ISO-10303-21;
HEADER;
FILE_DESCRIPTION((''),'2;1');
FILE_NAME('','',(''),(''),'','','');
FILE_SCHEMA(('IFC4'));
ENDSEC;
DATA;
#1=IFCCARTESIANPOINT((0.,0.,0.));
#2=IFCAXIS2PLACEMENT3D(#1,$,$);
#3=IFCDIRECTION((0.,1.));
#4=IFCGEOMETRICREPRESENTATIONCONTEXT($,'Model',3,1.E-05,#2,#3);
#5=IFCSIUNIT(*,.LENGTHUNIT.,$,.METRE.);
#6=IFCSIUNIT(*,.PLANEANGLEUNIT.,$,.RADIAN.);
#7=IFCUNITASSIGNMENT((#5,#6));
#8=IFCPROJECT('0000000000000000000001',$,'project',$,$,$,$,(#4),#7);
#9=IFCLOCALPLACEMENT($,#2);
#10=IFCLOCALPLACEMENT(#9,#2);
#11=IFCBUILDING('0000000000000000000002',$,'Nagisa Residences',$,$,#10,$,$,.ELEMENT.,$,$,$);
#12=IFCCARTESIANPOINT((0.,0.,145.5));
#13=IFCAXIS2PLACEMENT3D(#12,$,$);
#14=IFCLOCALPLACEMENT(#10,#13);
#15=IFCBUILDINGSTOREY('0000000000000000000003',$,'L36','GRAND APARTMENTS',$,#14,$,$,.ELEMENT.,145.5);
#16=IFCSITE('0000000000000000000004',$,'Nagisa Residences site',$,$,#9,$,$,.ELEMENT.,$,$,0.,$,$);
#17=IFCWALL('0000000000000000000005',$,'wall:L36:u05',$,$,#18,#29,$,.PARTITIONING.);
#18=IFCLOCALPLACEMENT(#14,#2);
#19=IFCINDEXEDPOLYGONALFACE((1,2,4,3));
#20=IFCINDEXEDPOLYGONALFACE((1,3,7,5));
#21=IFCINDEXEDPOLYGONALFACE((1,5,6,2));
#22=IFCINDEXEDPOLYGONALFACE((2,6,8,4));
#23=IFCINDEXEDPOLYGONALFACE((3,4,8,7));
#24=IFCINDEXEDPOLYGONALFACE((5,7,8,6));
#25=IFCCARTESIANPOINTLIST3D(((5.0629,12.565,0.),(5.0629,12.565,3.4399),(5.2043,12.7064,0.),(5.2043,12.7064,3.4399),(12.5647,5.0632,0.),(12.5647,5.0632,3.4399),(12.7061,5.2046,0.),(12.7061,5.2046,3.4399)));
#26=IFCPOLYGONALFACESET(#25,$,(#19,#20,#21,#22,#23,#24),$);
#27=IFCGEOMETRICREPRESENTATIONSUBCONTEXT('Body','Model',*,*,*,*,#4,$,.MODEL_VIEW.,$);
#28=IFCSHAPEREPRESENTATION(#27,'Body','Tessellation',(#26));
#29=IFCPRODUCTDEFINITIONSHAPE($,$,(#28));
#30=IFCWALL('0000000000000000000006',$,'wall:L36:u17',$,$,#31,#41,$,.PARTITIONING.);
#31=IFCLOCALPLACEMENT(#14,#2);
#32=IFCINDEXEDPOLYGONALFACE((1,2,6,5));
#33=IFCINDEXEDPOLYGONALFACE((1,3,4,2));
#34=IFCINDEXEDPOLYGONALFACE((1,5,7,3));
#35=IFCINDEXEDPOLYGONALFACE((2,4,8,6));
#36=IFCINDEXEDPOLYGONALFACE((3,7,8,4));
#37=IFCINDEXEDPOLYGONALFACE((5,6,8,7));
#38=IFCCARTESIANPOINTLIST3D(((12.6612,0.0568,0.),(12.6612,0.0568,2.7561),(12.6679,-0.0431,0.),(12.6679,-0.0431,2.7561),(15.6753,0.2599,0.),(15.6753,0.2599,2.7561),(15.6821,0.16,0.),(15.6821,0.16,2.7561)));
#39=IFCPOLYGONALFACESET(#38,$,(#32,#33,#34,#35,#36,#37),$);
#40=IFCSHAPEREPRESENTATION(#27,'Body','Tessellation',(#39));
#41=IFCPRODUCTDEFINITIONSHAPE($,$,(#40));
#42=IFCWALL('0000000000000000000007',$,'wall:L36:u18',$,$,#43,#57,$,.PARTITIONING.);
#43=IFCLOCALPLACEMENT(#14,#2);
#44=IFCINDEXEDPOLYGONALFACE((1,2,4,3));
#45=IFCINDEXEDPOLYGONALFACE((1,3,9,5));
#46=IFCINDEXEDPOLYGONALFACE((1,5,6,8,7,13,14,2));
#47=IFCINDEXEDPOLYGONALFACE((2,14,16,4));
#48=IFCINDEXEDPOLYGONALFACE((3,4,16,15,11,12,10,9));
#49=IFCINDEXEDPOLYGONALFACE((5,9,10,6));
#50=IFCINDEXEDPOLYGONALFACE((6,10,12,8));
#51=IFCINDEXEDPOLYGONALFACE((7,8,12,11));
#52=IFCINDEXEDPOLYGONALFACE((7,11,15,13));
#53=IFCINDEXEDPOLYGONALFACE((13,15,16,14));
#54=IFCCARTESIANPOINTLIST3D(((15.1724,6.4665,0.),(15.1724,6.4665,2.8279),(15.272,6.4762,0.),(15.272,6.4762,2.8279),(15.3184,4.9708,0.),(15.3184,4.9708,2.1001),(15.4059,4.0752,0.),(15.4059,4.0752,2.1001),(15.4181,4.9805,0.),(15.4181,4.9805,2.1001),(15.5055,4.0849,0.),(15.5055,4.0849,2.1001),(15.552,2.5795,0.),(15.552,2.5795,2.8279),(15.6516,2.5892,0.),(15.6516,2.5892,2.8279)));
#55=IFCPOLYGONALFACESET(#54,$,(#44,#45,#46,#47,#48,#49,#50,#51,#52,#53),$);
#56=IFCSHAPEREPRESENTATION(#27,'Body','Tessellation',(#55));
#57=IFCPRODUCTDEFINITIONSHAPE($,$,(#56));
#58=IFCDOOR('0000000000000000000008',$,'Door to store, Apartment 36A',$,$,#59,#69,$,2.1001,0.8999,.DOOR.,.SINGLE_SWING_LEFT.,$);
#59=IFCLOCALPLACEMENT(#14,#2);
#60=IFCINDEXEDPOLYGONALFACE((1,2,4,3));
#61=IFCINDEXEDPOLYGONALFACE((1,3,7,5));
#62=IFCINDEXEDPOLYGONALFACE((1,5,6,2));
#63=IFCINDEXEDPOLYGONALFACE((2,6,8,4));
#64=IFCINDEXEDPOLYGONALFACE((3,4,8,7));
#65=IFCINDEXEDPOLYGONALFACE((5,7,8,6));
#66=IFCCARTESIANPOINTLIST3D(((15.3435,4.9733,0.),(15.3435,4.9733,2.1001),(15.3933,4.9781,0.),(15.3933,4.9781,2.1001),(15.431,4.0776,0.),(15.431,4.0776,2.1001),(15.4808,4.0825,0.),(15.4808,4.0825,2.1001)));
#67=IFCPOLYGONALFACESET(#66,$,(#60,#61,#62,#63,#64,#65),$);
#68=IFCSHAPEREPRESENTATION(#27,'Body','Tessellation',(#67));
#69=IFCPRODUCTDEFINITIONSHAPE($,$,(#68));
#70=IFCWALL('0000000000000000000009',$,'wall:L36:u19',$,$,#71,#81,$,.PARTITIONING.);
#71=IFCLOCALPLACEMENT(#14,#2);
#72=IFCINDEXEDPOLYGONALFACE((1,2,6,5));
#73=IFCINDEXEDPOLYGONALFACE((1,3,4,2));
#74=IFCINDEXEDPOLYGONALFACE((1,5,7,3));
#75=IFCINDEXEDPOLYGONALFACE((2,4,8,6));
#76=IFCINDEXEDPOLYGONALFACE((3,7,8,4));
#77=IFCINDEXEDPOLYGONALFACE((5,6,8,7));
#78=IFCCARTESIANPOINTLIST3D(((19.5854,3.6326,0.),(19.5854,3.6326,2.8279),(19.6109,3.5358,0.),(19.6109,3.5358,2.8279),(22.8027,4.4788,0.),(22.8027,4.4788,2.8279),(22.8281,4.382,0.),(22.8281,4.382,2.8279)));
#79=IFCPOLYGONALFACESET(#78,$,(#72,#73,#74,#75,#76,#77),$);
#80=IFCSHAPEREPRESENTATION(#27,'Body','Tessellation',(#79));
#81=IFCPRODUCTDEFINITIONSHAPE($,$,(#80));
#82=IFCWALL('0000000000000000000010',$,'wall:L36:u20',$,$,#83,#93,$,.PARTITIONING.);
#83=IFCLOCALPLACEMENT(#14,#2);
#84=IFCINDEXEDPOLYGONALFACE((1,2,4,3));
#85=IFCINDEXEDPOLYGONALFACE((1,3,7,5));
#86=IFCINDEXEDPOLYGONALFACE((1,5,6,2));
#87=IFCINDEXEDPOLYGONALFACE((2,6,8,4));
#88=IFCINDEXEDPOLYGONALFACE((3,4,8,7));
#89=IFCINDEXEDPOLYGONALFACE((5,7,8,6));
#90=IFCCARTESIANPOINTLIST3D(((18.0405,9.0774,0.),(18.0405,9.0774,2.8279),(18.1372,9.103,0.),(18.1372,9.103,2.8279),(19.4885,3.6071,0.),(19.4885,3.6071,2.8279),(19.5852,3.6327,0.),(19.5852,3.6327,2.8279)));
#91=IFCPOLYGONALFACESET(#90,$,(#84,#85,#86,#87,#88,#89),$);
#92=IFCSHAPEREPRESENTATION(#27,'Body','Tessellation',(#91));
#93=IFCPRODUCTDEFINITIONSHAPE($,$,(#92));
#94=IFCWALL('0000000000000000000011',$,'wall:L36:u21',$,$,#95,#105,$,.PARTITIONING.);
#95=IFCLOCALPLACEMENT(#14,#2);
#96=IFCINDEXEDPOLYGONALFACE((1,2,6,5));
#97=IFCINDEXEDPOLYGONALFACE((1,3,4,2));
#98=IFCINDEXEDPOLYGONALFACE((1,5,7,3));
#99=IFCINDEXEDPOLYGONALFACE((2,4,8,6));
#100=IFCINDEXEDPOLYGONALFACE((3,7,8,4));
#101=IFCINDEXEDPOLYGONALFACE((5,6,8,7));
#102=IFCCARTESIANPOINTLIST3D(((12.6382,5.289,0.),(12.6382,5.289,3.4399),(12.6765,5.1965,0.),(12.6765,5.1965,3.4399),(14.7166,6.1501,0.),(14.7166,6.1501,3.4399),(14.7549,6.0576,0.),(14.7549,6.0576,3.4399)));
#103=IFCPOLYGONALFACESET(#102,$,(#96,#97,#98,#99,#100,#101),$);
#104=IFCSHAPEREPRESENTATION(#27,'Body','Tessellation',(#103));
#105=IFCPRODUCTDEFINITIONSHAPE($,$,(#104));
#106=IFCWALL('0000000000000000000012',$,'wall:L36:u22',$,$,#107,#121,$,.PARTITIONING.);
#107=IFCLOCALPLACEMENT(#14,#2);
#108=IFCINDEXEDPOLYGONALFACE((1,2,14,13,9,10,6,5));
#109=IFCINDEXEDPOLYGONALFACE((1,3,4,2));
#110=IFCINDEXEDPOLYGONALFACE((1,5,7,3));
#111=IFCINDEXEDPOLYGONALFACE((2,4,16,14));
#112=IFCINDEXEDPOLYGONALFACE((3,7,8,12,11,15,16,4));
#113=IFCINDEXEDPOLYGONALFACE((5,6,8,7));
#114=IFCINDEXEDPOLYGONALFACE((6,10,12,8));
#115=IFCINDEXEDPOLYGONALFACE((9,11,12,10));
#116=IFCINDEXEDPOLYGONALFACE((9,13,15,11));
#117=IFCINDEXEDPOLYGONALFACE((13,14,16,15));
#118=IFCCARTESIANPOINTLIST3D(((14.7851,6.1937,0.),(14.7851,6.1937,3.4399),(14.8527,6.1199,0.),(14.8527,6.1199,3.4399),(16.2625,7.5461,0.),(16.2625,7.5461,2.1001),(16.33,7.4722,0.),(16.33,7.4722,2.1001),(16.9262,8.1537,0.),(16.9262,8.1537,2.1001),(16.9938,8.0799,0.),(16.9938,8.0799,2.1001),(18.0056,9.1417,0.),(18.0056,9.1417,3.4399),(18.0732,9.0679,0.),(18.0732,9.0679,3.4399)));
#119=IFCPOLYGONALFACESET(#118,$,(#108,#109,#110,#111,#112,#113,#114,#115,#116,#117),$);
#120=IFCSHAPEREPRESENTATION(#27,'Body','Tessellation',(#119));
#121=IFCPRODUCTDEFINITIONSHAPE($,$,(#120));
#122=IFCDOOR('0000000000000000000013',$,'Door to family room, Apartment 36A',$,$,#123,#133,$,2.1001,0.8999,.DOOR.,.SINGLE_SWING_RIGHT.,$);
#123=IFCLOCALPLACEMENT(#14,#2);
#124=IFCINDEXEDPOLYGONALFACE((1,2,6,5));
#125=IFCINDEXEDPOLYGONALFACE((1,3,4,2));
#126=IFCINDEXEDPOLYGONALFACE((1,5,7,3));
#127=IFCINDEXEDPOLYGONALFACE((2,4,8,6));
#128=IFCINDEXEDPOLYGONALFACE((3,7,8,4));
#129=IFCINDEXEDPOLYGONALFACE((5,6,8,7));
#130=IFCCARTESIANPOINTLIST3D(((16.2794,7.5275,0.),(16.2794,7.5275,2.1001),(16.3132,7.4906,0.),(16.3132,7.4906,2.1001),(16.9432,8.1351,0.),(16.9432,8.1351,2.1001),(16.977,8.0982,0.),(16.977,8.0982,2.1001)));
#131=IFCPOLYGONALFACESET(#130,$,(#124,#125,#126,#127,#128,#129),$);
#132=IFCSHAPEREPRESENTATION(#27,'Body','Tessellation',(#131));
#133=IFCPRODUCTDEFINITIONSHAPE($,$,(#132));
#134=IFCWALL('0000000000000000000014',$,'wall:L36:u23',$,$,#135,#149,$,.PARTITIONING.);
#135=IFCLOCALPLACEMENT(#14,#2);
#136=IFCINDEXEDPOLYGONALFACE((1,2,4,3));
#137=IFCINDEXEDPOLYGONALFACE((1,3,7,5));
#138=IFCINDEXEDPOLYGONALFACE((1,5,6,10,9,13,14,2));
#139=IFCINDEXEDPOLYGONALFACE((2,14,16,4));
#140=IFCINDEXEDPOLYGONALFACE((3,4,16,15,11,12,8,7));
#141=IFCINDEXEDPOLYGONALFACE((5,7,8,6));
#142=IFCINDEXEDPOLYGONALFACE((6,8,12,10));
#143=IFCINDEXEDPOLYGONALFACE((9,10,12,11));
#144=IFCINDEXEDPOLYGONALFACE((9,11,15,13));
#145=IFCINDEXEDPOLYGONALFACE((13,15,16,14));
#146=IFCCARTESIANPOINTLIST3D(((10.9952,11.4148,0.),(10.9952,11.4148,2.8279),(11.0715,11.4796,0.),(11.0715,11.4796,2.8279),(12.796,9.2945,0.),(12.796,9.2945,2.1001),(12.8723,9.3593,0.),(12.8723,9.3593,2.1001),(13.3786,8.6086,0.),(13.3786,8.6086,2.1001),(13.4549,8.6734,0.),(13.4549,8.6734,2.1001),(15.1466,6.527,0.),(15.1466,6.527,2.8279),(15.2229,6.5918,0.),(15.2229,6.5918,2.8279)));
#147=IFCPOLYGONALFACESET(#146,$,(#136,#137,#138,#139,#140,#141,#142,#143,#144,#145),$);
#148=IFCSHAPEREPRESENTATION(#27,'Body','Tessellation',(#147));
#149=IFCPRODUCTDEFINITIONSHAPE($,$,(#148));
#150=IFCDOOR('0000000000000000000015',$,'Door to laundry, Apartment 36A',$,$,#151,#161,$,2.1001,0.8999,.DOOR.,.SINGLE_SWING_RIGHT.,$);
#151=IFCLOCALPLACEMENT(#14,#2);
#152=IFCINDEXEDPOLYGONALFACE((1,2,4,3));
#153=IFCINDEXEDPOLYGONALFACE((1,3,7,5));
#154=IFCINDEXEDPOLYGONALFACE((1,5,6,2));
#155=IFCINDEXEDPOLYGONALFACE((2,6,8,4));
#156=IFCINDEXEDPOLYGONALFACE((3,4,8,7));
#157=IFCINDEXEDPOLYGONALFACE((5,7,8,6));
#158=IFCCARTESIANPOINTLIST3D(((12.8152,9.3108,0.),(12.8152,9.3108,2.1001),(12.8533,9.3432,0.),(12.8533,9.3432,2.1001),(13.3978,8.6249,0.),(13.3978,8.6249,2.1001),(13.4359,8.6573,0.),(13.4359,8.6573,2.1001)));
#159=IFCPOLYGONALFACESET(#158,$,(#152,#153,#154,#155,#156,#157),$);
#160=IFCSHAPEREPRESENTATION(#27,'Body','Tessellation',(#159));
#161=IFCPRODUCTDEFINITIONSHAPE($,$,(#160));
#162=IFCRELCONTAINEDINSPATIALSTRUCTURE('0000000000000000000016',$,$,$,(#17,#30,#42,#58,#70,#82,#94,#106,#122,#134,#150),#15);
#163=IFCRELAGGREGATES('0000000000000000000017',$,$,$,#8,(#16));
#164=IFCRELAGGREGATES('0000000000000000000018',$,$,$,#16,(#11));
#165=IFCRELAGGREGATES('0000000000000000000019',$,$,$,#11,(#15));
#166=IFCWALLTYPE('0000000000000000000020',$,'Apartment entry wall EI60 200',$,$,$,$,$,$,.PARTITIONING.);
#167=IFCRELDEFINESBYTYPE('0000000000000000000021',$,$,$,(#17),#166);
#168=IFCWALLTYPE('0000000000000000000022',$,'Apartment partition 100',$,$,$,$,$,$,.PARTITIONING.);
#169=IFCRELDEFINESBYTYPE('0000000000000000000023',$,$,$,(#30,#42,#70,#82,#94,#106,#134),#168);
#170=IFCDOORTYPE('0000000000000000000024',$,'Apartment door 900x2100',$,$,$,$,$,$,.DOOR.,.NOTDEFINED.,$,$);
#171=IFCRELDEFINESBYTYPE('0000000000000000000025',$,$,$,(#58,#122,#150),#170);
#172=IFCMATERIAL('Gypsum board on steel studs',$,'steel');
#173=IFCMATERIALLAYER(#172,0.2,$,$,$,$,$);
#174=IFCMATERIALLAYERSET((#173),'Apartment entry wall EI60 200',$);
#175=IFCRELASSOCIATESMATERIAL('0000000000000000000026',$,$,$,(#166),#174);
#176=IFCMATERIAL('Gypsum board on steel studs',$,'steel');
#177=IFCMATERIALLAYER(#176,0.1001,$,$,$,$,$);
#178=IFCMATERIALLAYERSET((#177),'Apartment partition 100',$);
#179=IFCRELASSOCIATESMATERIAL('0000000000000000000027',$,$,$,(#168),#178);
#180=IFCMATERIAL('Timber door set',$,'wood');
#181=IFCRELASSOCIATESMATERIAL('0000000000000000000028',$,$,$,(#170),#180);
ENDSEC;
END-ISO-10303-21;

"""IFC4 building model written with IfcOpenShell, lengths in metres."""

from ifc_helpers import new_model, si_unit, direction, frame, frame_2d, origin, place, context, subcontext, project, spatial, rectangle, extrude, material, layer, layer_set, type_object, element, fill, save


model = new_model("IFC4")

# Units and contexts
model_context = context("Model", 3, precision=1e-05, world=origin(), true_north=direction((0.0, 1.0)))
body_context = subcontext(model_context, "Body", "Model", "MODEL_VIEW")
ifc_project = project(units=[si_unit("LENGTHUNIT", "METRE"), si_unit("PLANEANGLEUNIT", "RADIAN")], contexts=[model_context])

# Site, building, storey
site_placement = place(None, origin())
site = spatial("IfcSite", under=ifc_project, at=site_placement, Name="Nagisa Residences site", CompositionType="ELEMENT", RefElevation=0.0)
building_placement = place(site_placement, origin())
building = spatial("IfcBuilding", under=site, at=building_placement, Name="Nagisa Residences", CompositionType="ELEMENT")
storey_placement = place(building_placement, frame((0.0, 0.0, 145.5)))
storey = spatial("IfcBuildingStorey", under=building, at=storey_placement, Name="L36", Description="GRAND APARTMENTS", CompositionType="ELEMENT", Elevation=145.5)

# Walls
ifc_material_1 = material(Name="Gypsum board on steel studs", Category="steel")
ifc_layer_1 = layer(ifc_material_1, 0.2)
ifc_layer_set_1 = layer_set([ifc_layer_1], Name="Apartment entry wall EI60 200")
wall_type_1 = type_object("IfcWallType", Name="Apartment entry wall EI60 200", PredefinedType="PARTITIONING", material=ifc_layer_set_1)
wall_1_placement = place(storey_placement, frame((12.6355, 5.1338, 0.0), z_axis=(0.0, 0.0, 1.0), x_axis=(-0.707107, 0.707107, 0.0)))
element("IfcWall", 1, at=wall_1_placement, inside=storey, type_object=wall_type_1, Name="wall:L36:u05", PredefinedType="PARTITIONING", context=body_context, shape_type="SweptSolid", body=[
    extrude(rectangle(XDim=10.6091, YDim=0.2, at=frame_2d((5.3047, 0.0))), origin(), (0.0, 0.0, 1.0), 3.4399),
])
ifc_material_2 = material(Name="Gypsum board on steel studs", Category="steel")
ifc_layer_2 = layer(ifc_material_2, 0.1001)
ifc_layer_set_2 = layer_set([ifc_layer_2], Name="Apartment partition 100")
wall_type_2 = type_object("IfcWallType", Name="Apartment partition 100", PredefinedType="PARTITIONING", material=ifc_layer_set_2)
wall_2_placement = place(storey_placement, frame((12.6646, 0.0068, 0.0), z_axis=(0.0, 0.0, 1.0), x_axis=(0.997737, 0.067238, 0.0)))
element("IfcWall", 2, at=wall_2_placement, inside=storey, type_object=wall_type_2, Name="wall:L36:u17", PredefinedType="PARTITIONING", context=body_context, shape_type="SweptSolid", body=[
    extrude(rectangle(XDim=3.021, YDim=0.1001, at=frame_2d((1.5105, 0.0))), origin(), (0.0, 0.0, 1.0), 2.7561),
])

# Wall, opening, door
wall_3_placement = place(storey_placement, frame((15.6018, 2.5845, 0.0), z_axis=(0.0, 0.0, 1.0), x_axis=(-0.097207, 0.995264, 0.0)))
wall_3 = element("IfcWall", 3, at=wall_3_placement, inside=storey, type_object=wall_type_2, Name="wall:L36:u18", PredefinedType="PARTITIONING", context=body_context, shape_type="SweptSolid", body=[
    extrude(rectangle(XDim=3.9055, YDim=0.1001, at=frame_2d((1.9526, 0.0))), origin(), (0.0, 0.0, 1.0), 2.8279),
])
opening_1_placement = place(wall_3_placement, frame((1.5027, 0.0, 0.0)))
opening_1 = element("IfcOpeningElement", 4, at=opening_1_placement, cuts=wall_3, PredefinedType="OPENING", context=body_context, shape_type="SweptSolid", body=[
    extrude(rectangle(XDim=0.8999, YDim=2.1001, at=frame_2d((0.45, 1.05))), frame((0.0, 0.0601, 0.0), z_axis=(0.0, -1.0, 0.0), x_axis=(1.0, 0.0, 0.0)), (0.0, 0.0, 1.0), 0.1201),
])
ifc_material_3 = material(Name="Timber door set", Category="wood")
door_type_1 = type_object("IfcDoorType", Name="Apartment door 900x2100", OperationType="NOTDEFINED", PredefinedType="DOOR", material=ifc_material_3)
door_1_placement = place(opening_1_placement, origin())
door_1 = element("IfcDoor", 5, at=door_1_placement, inside=storey, type_object=door_type_1, Name="Door to store, Apartment 36A", OperationType="SINGLE_SWING_LEFT", OverallHeight=2.1001, OverallWidth=0.8999, PredefinedType="DOOR", context=body_context, shape_type="SweptSolid", body=[
    extrude(rectangle(XDim=0.8999, YDim=2.1001, at=frame_2d((0.45, 1.05))), frame((0.0, 0.0249, 0.0), z_axis=(0.0, -1.0, 0.0), x_axis=(1.0, 0.0, 0.0)), (0.0, 0.0, 1.0), 0.05),
])
fill(opening_1, door_1)

# Walls
wall_4_placement = place(storey_placement, frame((19.5981, 3.5842, 0.0), z_axis=(0.0, 0.0, 1.0), x_axis=(0.967109, 0.254363, 0.0)))
element("IfcWall", 6, at=wall_4_placement, inside=storey, type_object=wall_type_2, Name="wall:L36:u19", PredefinedType="PARTITIONING", context=body_context, shape_type="SweptSolid", body=[
    extrude(rectangle(XDim=3.3267, YDim=0.1001, at=frame_2d((1.6633, 0.0))), origin(), (0.0, 0.0, 1.0), 2.8279),
])
wall_5_placement = place(storey_placement, frame((19.5369, 3.6199, 0.0), z_axis=(0.0, 0.0, 1.0), x_axis=(-0.255893, 0.966705, 0.0)))
element("IfcWall", 7, at=wall_5_placement, inside=storey, type_object=wall_type_2, Name="wall:L36:u20", PredefinedType="PARTITIONING", context=body_context, shape_type="SweptSolid", body=[
    extrude(rectangle(XDim=5.6587, YDim=0.1001, at=frame_2d((2.8293, 0.0))), origin(), (0.0, 0.0, 1.0), 2.8279),
])
wall_6_placement = place(storey_placement, frame((12.6572, 5.2427, 0.0), z_axis=(0.0, 0.0, 1.0), x_axis=(0.923849, 0.382758, 0.0)))
element("IfcWall", 8, at=wall_6_placement, inside=storey, type_object=wall_type_2, Name="wall:L36:u21", PredefinedType="PARTITIONING", context=body_context, shape_type="SweptSolid", body=[
    extrude(rectangle(XDim=2.2498, YDim=0.1001, at=frame_2d((1.125, 0.0))), origin(), (0.0, 0.0, 1.0), 3.4399),
])

# Walls, openings, doors
wall_7_placement = place(storey_placement, frame((14.8188, 6.1567, 0.0), z_axis=(0.0, 0.0, 1.0), x_axis=(0.737621, 0.675216, 0.0)))
wall_7 = element("IfcWall", 9, at=wall_7_placement, inside=storey, type_object=wall_type_2, Name="wall:L36:u22", PredefinedType="PARTITIONING", context=body_context, shape_type="SweptSolid", body=[
    extrude(rectangle(XDim=4.366, YDim=0.1001, at=frame_2d((2.1831, 0.0))), origin(), (0.0, 0.0, 1.0), 3.4399),
])
opening_2_placement = place(wall_7_placement, frame((2.0029, 0.0, 0.0)))
opening_2 = element("IfcOpeningElement", 10, at=opening_2_placement, cuts=wall_7, PredefinedType="OPENING", context=body_context, shape_type="SweptSolid", body=[
    extrude(rectangle(XDim=0.8999, YDim=2.1001, at=frame_2d((0.45, 1.05))), frame((0.0, 0.0601, 0.0), z_axis=(0.0, -1.0, 0.0), x_axis=(1.0, 0.0, 0.0)), (0.0, 0.0, 1.0), 0.1201),
])
door_2_placement = place(opening_2_placement, origin())
door_2 = element("IfcDoor", 11, at=door_2_placement, inside=storey, type_object=door_type_1, Name="Door to family room, Apartment 36A", OperationType="SINGLE_SWING_RIGHT", OverallHeight=2.1001, OverallWidth=0.8999, PredefinedType="DOOR", context=body_context, shape_type="SweptSolid", body=[
    extrude(rectangle(XDim=0.8999, YDim=2.1001, at=frame_2d((0.45, 1.05))), frame((0.0, 0.0249, 0.0), z_axis=(0.0, -1.0, 0.0), x_axis=(1.0, 0.0, 0.0)), (0.0, 0.0, 1.0), 0.05),
])
fill(opening_2, door_2)
wall_8_placement = place(storey_placement, frame((15.1848, 6.5593, 0.0), z_axis=(0.0, 0.0, 1.0), x_axis=(-0.647361, 0.762183, 0.0)))
wall_8 = element("IfcWall", 12, at=wall_8_placement, inside=storey, type_object=wall_type_2, Name="wall:L36:u23", PredefinedType="PARTITIONING", context=body_context, shape_type="SweptSolid", body=[
    extrude(rectangle(XDim=6.4128, YDim=0.1001, at=frame_2d((3.2065, 0.0))), origin(), (0.0, 0.0, 1.0), 2.8279),
])
opening_3_placement = place(wall_8_placement, frame((2.7312, 0.0, 0.0)))
opening_3 = element("IfcOpeningElement", 13, at=opening_3_placement, cuts=wall_8, PredefinedType="OPENING", context=body_context, shape_type="SweptSolid", body=[
    extrude(rectangle(XDim=0.8999, YDim=2.1001, at=frame_2d((0.45, 1.05))), frame((0.0, 0.0601, 0.0), z_axis=(0.0, -1.0, 0.0), x_axis=(1.0, 0.0, 0.0)), (0.0, 0.0, 1.0), 0.1201),
])
door_3_placement = place(opening_3_placement, origin())
door_3 = element("IfcDoor", 14, at=door_3_placement, inside=storey, type_object=door_type_1, Name="Door to laundry, Apartment 36A", OperationType="SINGLE_SWING_RIGHT", OverallHeight=2.1001, OverallWidth=0.8999, PredefinedType="DOOR", context=body_context, shape_type="SweptSolid", body=[
    extrude(rectangle(XDim=0.8999, YDim=2.1001, at=frame_2d((0.45, 1.05))), frame((0.0, 0.0249, 0.0), z_axis=(0.0, -1.0, 0.0), x_axis=(1.0, 0.0, 0.0)), (0.0, 0.0, 1.0), 0.05),
])
fill(opening_3, door_3)

save(model, "model.ifc")
